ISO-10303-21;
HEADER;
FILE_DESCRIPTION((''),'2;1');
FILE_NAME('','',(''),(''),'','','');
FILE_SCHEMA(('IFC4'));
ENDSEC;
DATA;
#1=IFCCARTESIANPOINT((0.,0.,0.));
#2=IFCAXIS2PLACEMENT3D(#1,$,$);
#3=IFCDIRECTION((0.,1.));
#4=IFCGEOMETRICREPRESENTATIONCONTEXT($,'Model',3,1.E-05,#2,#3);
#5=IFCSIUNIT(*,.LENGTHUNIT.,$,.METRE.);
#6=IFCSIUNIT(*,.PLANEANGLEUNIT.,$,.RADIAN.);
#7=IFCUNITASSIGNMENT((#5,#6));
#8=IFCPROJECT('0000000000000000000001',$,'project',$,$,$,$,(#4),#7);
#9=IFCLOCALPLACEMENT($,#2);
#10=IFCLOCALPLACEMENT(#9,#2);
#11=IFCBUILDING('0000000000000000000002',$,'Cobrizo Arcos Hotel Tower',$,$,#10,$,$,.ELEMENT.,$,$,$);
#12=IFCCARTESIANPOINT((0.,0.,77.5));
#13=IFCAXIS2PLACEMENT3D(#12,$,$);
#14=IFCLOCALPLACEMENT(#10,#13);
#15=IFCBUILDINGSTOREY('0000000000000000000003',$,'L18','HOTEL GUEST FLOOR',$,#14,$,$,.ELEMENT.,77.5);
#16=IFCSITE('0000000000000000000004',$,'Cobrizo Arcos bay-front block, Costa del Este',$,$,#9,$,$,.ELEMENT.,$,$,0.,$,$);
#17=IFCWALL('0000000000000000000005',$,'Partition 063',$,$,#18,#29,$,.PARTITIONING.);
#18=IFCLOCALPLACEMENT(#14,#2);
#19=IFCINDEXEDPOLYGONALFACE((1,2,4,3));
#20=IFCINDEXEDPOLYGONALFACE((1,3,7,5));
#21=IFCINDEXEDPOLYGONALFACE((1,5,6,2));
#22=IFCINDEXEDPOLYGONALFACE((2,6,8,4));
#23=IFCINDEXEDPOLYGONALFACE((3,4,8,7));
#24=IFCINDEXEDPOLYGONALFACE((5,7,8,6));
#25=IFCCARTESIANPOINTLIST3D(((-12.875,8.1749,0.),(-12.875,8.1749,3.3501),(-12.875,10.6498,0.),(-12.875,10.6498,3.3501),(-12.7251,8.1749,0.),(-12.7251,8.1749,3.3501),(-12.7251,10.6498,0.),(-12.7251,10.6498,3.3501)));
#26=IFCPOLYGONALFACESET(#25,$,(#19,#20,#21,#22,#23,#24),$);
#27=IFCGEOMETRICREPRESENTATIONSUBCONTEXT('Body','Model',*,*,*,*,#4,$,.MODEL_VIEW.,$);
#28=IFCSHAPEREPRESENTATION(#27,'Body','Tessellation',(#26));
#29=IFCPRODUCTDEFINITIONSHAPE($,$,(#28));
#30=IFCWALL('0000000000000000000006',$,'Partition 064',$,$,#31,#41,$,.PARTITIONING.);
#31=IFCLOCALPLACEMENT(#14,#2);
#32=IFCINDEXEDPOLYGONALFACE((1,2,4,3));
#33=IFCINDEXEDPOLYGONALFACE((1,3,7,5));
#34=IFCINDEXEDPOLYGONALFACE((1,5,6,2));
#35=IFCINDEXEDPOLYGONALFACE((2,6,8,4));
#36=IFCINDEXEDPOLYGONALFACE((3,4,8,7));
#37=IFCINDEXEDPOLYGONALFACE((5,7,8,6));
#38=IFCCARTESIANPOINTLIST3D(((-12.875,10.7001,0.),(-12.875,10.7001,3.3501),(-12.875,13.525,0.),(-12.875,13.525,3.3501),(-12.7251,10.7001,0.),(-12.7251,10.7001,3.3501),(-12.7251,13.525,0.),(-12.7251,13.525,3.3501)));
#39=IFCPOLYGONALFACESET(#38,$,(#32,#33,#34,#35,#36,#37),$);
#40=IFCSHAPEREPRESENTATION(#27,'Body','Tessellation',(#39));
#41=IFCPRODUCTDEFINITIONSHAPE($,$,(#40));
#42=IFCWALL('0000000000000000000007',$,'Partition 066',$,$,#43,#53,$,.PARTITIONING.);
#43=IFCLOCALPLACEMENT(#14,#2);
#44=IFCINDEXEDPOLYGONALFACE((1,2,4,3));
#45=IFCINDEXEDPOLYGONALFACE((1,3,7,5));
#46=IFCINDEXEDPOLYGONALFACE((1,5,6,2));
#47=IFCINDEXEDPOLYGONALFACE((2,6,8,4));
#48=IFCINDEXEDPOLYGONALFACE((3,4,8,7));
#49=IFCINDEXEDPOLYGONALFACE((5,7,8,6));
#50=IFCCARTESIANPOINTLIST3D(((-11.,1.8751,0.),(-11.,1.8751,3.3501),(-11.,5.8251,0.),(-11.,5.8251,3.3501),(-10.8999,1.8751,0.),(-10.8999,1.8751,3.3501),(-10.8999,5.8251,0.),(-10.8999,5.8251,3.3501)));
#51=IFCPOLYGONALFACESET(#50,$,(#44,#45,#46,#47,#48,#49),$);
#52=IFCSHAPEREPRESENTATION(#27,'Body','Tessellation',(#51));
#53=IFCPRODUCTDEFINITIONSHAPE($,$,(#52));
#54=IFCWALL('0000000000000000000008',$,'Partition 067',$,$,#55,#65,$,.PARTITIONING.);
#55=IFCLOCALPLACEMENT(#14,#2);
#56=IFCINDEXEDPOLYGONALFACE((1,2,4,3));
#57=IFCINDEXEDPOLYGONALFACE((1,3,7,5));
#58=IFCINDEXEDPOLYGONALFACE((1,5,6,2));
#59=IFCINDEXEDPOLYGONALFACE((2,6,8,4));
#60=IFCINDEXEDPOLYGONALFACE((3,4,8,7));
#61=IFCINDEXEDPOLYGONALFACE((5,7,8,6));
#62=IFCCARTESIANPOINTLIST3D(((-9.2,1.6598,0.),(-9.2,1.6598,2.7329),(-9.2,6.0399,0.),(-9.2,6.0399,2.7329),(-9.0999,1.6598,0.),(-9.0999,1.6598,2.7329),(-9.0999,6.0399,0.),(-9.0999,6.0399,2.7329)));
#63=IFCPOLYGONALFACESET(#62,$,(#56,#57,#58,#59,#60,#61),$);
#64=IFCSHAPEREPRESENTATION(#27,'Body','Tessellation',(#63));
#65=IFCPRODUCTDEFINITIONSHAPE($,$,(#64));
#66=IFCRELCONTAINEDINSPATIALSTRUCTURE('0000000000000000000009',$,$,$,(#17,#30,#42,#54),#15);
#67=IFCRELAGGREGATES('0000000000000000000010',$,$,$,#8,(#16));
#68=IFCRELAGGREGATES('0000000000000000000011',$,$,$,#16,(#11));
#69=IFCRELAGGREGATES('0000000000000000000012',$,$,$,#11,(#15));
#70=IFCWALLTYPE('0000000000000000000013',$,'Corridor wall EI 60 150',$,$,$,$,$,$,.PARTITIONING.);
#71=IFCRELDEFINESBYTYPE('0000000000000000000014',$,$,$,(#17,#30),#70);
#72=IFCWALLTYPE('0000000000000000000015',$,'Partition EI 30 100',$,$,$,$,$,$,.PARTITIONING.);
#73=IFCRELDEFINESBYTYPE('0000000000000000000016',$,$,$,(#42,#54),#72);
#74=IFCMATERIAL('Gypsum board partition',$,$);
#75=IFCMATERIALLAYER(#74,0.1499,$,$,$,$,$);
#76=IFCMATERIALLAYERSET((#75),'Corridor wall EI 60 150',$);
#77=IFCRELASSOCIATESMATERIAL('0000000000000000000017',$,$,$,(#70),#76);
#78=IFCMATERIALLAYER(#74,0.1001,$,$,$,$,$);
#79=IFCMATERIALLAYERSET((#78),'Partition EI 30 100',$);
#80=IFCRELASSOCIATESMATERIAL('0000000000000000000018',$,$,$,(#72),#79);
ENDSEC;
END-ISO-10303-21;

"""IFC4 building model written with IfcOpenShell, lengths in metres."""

from ifc_helpers import new_model, si_unit, direction, frame, frame_2d, origin, place, context, subcontext, project, spatial, rectangle, extrude, material, layer, layer_set, type_object, element, save


model = new_model("IFC4")

# Units and contexts
model_context = context("Model", 3, precision=1e-05, world=origin(), true_north=direction((0.0, 1.0)))
body_context = subcontext(model_context, "Body", "Model", "MODEL_VIEW")
ifc_project = project(units=[si_unit("LENGTHUNIT", "METRE"), si_unit("PLANEANGLEUNIT", "RADIAN")], contexts=[model_context])

# Site, building, storey
site_placement = place(None, origin())
site = spatial("IfcSite", under=ifc_project, at=site_placement, Name="Cobrizo Arcos bay-front block, Costa del Este", CompositionType="ELEMENT", RefElevation=0.0)
building_placement = place(site_placement, origin())
building = spatial("IfcBuilding", under=site, at=building_placement, Name="Cobrizo Arcos Hotel Tower", CompositionType="ELEMENT")
storey_placement = place(building_placement, frame((0.0, 0.0, 77.5)))
storey = spatial("IfcBuildingStorey", under=building, at=storey_placement, Name="L18", Description="HOTEL GUEST FLOOR", CompositionType="ELEMENT", Elevation=77.5)

# Shared definitions
ifc_material_1 = material(Name="Gypsum board partition")
ifc_layer_1 = layer(ifc_material_1, 0.1499)
ifc_layer_set_1 = layer_set([ifc_layer_1], Name="Corridor wall EI 60 150")
wall_type_1 = type_object("IfcWallType", Name="Corridor wall EI 60 150", PredefinedType="PARTITIONING", material=ifc_layer_set_1)

# Walls
wall_1_placement = place(storey_placement, frame((-12.8, 8.175, 0.0), z_axis=(0.0, 0.0, 1.0), x_axis=(0.0, 1.0, 0.0)))
element("IfcWall", 1, at=wall_1_placement, inside=storey, type_object=wall_type_1, Name="Partition 063", PredefinedType="PARTITIONING", context=body_context, shape_type="SweptSolid", body=[
    extrude(rectangle(XDim=2.4749, YDim=0.1499, at=frame_2d((1.2373, 0.0))), origin(), (0.0, 0.0, 1.0), 3.3501),
])
wall_2_placement = place(storey_placement, frame((-12.8, 10.7, 0.0), z_axis=(0.0, 0.0, 1.0), x_axis=(0.0, 1.0, 0.0)))
element("IfcWall", 2, at=wall_2_placement, inside=storey, type_object=wall_type_1, Name="Partition 064", PredefinedType="PARTITIONING", context=body_context, shape_type="SweptSolid", body=[
    extrude(rectangle(XDim=2.825, YDim=0.1499, at=frame_2d((1.4126, 0.0))), origin(), (0.0, 0.0, 1.0), 3.3501),
])
ifc_layer_2 = layer(ifc_material_1, 0.1001)
ifc_layer_set_2 = layer_set([ifc_layer_2], Name="Partition EI 30 100")
wall_type_2 = type_object("IfcWallType", Name="Partition EI 30 100", PredefinedType="PARTITIONING", material=ifc_layer_set_2)
wall_3_placement = place(storey_placement, frame((-10.95, 1.875, 0.0), z_axis=(0.0, 0.0, 1.0), x_axis=(0.0, 1.0, 0.0)))
element("IfcWall", 3, at=wall_3_placement, inside=storey, type_object=wall_type_2, Name="Partition 066", PredefinedType="PARTITIONING", context=body_context, shape_type="SweptSolid", body=[
    extrude(rectangle(XDim=3.95, YDim=0.1001, at=frame_2d((1.9751, 0.0))), origin(), (0.0, 0.0, 1.0), 3.3501),
])
wall_4_placement = place(storey_placement, frame((-9.1499, 1.6599, 0.0), z_axis=(0.0, 0.0, 1.0), x_axis=(0.0, 1.0, 0.0)))
element("IfcWall", 4, at=wall_4_placement, inside=storey, type_object=wall_type_2, Name="Partition 067", PredefinedType="PARTITIONING", context=body_context, shape_type="SweptSolid", body=[
    extrude(rectangle(XDim=4.3801, YDim=0.1001, at=frame_2d((2.1899, 0.0))), origin(), (0.0, 0.0, 1.0), 2.7329),
])

save(model, "model.ifc")
